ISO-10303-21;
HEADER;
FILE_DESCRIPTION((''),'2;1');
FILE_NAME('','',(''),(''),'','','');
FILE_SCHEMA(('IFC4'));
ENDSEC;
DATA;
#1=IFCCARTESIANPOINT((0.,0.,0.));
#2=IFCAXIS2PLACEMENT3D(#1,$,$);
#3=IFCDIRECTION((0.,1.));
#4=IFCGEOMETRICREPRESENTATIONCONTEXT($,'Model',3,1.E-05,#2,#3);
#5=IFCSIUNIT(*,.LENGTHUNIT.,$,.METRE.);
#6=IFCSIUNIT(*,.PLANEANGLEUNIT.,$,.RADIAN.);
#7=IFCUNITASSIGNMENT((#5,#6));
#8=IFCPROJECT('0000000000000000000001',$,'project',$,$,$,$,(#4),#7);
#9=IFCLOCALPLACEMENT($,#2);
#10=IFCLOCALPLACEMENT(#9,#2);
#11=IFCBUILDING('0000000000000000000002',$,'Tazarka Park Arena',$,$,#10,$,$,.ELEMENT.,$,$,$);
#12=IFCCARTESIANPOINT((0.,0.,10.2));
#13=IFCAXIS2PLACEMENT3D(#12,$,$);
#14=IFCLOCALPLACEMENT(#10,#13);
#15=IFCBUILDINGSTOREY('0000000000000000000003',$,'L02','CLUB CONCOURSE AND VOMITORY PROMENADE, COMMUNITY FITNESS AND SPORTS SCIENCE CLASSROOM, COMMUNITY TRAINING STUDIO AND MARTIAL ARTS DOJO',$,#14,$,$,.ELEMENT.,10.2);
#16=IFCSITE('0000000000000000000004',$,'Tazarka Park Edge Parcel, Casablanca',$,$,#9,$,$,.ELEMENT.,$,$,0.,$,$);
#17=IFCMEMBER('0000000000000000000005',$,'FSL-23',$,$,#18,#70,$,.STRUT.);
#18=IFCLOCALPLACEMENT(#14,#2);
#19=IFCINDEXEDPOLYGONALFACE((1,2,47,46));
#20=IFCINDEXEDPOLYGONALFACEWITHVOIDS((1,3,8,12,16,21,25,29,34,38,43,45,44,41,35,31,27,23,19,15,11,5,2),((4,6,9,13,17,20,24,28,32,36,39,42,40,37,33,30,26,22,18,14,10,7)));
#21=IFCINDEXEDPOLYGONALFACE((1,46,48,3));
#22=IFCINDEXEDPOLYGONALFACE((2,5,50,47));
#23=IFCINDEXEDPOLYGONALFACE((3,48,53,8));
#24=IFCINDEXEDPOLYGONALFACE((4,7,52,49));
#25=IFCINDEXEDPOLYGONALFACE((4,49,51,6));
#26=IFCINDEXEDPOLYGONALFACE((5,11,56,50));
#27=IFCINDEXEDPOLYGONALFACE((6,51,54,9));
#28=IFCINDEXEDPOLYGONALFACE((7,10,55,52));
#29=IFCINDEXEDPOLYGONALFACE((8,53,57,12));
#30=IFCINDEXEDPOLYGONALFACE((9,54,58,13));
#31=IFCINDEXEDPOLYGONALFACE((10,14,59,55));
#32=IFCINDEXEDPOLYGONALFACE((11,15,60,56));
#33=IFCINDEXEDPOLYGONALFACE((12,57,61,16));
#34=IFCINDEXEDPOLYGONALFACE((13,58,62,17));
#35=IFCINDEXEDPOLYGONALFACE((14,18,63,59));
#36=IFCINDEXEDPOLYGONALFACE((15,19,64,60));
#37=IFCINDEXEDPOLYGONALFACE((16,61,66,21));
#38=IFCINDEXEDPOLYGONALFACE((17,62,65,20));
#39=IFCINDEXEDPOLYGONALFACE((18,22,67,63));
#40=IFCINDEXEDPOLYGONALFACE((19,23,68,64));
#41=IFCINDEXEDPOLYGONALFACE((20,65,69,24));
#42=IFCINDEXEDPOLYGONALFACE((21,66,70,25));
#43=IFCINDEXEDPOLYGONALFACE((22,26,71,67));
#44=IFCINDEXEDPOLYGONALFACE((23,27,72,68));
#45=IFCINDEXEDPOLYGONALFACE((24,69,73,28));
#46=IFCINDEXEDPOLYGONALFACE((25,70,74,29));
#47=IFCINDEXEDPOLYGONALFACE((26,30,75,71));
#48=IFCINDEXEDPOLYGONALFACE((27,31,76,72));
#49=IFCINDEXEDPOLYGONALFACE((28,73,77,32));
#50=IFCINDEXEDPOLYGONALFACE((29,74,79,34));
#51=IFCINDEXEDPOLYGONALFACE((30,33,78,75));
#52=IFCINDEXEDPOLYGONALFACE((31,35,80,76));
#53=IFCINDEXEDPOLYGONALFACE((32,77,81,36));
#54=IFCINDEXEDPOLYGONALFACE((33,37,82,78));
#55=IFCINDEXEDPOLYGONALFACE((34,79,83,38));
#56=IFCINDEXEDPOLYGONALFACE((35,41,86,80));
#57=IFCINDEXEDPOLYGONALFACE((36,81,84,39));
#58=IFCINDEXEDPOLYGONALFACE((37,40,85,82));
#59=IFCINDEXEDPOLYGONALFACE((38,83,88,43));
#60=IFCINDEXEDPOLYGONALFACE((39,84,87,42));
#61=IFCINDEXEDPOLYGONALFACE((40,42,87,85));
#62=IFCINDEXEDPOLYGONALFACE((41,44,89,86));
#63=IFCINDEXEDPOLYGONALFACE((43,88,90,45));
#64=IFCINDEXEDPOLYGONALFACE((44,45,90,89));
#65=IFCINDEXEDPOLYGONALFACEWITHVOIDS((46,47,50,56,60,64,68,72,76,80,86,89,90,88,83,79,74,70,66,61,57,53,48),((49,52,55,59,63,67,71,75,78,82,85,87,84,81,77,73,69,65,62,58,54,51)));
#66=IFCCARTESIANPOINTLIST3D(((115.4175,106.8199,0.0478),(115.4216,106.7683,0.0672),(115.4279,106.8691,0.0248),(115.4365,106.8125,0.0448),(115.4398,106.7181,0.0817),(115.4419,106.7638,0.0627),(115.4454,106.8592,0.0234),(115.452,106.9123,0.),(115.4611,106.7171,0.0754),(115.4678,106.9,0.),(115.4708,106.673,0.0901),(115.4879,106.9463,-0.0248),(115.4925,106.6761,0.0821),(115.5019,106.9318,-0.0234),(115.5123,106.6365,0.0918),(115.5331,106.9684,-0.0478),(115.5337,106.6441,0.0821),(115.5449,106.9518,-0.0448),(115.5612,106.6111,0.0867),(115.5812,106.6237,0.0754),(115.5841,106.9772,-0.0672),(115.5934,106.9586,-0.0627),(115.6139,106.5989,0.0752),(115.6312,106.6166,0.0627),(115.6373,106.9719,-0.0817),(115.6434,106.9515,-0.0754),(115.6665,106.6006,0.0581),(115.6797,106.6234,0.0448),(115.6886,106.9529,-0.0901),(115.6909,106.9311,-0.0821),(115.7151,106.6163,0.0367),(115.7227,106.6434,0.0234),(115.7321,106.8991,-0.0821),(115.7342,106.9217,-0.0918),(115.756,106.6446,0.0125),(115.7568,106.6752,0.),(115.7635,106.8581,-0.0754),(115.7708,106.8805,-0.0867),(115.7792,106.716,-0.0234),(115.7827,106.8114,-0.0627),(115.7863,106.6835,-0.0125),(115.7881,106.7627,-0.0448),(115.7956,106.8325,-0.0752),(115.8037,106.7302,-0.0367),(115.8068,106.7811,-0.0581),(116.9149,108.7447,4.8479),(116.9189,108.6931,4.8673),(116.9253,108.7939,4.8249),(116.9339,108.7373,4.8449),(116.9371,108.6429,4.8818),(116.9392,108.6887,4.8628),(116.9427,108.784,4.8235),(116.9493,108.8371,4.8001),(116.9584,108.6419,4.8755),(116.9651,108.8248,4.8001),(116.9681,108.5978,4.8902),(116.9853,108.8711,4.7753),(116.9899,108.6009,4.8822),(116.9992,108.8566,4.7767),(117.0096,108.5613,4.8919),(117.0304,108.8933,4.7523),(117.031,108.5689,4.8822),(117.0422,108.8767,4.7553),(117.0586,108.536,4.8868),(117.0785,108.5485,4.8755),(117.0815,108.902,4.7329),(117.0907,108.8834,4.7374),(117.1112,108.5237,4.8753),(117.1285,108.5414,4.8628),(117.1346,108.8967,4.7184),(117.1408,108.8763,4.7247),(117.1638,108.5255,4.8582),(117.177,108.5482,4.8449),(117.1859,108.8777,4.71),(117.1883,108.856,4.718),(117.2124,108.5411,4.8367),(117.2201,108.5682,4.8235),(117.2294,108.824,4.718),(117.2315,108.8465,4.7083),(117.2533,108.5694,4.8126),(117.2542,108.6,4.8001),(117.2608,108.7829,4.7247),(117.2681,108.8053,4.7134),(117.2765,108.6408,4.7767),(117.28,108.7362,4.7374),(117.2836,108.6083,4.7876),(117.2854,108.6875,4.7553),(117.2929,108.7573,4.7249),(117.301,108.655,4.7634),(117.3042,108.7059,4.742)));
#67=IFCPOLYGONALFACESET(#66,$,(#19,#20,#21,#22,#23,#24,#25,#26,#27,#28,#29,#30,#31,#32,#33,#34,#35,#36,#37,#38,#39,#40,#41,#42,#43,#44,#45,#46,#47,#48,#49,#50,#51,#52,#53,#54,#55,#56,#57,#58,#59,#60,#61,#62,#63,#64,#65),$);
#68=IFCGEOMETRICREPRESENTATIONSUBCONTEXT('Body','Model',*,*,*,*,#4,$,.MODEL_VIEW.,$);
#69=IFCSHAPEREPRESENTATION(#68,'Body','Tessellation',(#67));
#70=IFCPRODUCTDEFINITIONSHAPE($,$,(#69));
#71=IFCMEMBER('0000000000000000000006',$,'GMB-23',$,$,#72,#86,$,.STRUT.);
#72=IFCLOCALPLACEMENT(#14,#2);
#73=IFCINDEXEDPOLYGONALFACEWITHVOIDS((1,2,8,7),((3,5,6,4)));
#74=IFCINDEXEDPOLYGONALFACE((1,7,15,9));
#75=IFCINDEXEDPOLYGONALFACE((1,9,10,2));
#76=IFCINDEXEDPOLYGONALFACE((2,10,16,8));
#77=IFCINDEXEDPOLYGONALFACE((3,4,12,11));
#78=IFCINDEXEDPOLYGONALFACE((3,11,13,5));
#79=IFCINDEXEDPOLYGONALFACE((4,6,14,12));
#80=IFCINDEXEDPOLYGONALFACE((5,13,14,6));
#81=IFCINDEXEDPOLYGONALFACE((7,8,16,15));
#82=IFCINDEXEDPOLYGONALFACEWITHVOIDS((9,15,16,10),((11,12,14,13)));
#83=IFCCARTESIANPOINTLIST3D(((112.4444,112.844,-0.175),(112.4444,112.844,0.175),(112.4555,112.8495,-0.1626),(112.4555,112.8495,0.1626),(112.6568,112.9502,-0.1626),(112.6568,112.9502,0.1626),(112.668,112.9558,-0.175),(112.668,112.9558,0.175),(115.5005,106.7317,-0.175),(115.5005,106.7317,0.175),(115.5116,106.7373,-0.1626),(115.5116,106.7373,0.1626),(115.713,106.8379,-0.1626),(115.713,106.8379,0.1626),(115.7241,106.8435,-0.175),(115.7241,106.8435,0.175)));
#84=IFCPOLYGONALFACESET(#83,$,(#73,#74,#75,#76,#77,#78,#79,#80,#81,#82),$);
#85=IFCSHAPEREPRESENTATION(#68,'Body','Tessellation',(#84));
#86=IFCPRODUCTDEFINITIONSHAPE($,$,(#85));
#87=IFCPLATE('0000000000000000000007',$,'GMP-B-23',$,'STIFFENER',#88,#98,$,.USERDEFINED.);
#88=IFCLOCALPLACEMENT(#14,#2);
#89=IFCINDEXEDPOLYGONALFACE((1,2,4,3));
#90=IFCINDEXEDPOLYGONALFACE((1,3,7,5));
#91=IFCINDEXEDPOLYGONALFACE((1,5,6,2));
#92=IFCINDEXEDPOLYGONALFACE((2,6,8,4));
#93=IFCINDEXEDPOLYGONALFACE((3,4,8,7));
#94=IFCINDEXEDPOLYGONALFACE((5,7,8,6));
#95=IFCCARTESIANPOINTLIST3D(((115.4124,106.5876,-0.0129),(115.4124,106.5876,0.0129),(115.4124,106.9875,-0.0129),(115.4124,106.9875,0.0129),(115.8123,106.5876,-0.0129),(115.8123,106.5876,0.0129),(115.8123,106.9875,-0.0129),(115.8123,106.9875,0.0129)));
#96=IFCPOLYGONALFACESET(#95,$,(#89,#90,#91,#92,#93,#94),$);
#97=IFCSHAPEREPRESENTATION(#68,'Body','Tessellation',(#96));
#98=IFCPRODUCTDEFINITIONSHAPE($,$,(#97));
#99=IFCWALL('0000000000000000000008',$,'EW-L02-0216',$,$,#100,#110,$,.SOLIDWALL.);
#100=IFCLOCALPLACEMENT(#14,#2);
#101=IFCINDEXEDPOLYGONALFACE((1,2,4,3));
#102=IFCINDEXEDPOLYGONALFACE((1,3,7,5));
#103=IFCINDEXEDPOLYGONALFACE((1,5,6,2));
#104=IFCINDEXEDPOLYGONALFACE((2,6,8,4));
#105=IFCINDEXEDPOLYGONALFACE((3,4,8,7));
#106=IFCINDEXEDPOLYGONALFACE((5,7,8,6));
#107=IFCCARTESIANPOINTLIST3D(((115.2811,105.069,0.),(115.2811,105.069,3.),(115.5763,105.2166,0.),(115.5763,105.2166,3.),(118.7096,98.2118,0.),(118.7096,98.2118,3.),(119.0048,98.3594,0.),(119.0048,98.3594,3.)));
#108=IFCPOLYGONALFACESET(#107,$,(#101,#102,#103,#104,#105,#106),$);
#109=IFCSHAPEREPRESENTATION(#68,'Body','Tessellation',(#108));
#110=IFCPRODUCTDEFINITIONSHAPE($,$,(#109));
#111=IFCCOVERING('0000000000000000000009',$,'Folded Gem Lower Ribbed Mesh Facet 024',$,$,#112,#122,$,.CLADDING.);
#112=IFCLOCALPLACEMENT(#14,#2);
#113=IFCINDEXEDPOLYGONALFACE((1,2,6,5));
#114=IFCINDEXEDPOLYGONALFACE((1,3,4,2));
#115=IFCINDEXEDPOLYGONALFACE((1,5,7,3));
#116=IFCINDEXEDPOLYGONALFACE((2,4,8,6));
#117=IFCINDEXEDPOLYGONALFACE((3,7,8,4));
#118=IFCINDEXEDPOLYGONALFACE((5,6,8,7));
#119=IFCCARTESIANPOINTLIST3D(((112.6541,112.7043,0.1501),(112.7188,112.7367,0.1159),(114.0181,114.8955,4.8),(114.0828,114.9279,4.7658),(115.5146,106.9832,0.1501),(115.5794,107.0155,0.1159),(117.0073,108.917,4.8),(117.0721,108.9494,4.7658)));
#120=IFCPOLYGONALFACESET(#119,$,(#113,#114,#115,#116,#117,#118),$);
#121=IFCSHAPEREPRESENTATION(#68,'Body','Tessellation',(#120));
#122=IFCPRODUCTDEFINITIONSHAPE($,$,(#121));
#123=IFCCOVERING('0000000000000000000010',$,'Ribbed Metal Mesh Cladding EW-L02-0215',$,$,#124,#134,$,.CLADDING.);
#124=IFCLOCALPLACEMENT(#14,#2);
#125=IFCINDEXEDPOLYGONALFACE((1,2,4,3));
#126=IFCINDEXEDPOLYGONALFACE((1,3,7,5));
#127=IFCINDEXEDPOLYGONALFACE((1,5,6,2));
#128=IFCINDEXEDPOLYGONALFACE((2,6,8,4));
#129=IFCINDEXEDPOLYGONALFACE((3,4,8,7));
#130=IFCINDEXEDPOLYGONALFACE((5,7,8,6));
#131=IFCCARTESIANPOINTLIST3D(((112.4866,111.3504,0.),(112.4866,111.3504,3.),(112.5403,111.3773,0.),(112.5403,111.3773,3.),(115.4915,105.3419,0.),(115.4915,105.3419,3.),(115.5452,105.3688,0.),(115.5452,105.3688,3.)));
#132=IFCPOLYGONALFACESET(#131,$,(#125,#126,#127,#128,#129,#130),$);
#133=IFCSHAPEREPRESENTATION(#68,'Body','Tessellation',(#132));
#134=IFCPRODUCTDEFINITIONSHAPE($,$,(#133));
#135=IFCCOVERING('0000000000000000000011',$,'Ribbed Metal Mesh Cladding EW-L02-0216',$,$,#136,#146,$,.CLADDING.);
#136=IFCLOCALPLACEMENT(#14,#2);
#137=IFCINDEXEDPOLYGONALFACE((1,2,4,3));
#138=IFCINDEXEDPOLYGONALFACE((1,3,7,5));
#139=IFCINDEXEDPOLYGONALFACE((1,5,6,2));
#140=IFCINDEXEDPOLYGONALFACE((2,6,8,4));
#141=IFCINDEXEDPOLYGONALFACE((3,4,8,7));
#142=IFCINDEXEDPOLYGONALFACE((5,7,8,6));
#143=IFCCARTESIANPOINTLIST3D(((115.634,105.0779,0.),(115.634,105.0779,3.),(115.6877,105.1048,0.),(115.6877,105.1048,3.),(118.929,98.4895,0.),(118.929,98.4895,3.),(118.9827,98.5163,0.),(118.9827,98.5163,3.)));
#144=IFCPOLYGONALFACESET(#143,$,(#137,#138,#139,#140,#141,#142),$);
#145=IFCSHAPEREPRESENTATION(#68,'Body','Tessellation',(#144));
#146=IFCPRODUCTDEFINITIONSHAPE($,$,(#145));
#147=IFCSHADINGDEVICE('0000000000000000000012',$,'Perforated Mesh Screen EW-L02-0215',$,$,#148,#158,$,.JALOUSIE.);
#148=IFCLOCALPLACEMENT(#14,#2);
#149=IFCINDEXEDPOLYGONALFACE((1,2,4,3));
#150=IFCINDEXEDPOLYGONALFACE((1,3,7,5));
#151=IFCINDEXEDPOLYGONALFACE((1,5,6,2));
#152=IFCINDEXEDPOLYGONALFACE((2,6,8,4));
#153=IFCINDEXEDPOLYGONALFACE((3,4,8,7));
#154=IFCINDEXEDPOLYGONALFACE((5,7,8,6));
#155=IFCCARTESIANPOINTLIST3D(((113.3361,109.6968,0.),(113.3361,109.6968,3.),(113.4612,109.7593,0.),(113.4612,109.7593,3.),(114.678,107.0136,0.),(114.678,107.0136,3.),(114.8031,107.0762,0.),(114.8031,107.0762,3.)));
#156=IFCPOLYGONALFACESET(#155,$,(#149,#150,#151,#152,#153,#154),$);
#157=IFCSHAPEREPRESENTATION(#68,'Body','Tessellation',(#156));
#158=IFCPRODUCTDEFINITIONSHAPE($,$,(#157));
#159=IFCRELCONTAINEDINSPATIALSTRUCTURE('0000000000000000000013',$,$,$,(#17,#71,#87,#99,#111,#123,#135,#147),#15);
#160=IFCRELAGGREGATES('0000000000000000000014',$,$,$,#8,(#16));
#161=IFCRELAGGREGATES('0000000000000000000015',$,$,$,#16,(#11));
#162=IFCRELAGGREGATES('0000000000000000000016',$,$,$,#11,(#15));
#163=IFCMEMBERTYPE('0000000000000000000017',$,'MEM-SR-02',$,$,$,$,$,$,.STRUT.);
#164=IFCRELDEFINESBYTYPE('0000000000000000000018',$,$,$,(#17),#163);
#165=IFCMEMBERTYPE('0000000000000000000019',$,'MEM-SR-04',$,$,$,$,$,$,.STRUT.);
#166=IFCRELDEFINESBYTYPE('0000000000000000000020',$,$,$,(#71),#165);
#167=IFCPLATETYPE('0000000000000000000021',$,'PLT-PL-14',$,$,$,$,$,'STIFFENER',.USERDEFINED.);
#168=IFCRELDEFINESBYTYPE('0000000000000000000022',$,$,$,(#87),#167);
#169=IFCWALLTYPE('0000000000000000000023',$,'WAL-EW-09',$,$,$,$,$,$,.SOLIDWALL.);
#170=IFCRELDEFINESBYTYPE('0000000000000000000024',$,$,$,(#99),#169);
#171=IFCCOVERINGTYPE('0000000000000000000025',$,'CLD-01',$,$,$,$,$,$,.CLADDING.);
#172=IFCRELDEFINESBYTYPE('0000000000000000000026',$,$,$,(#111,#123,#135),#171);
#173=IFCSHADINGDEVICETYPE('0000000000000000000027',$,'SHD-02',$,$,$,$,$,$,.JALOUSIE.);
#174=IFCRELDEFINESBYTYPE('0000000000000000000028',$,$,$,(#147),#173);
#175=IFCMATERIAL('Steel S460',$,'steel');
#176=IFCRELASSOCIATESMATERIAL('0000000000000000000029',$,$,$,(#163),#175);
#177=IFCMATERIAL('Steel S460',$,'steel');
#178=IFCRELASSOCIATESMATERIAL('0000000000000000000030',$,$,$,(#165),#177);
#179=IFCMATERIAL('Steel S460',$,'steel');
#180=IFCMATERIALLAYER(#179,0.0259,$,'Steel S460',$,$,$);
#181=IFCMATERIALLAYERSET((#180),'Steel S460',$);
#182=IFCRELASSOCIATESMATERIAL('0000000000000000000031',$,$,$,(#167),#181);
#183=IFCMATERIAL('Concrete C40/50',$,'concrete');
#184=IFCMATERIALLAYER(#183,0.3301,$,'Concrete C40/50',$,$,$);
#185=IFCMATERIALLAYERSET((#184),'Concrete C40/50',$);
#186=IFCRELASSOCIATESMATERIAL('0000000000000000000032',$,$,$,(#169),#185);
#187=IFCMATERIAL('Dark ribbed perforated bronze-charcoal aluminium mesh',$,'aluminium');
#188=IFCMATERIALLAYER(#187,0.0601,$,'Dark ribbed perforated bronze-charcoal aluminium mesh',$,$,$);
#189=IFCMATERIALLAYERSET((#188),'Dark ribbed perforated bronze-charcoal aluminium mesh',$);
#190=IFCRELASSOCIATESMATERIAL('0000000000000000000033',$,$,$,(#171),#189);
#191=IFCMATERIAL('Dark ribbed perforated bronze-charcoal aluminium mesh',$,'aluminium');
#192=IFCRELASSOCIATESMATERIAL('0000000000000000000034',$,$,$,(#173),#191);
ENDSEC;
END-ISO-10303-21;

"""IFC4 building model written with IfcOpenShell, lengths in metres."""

from ifc_helpers import new_model, si_unit, direction, frame, frame_2d, origin, origin_2d, place, context, subcontext, project, spatial, polyline, rectangle, hollow_rectangle, hollow_circle, outline, extrude, material, layer, layer_set, material_profile, profile_set, type_object, element, save


model = new_model("IFC4")

# Units and contexts
model_context = context("Model", 3, precision=1e-05, world=origin(), true_north=direction((0.0, 1.0)))
body_context = subcontext(model_context, "Body", "Model", "MODEL_VIEW")
ifc_project = project(units=[si_unit("LENGTHUNIT", "METRE"), si_unit("PLANEANGLEUNIT", "RADIAN")], contexts=[model_context])

# Site, building, storey
site_placement = place(None, origin())
site = spatial("IfcSite", under=ifc_project, at=site_placement, Name="Tazarka Park Edge Parcel, Casablanca", CompositionType="ELEMENT", RefElevation=0.0)
building_placement = place(site_placement, origin())
building = spatial("IfcBuilding", under=site, at=building_placement, Name="Tazarka Park Arena", CompositionType="ELEMENT")
storey_placement = place(building_placement, frame((0.0, 0.0, 10.2)))
storey = spatial("IfcBuildingStorey", under=building, at=storey_placement, Name="L02", Description="CLUB CONCOURSE AND VOMITORY PROMENADE, COMMUNITY FITNESS AND SPORTS SCIENCE CLASSROOM, COMMUNITY TRAINING STUDIO AND MARTIAL ARTS DOJO", CompositionType="ELEMENT", Elevation=10.2)

# Members
ifc_material_1 = material(Name="Steel S460", Category="steel")
ifc_material_profile_1 = material_profile(ifc_material_1, hollow_circle(Radius=0.2031, WallThickness=0.02, at=origin_2d()), Name="Steel S460")
ifc_profile_set_1 = profile_set([ifc_material_profile_1], Name="Steel S460")
member_type_1 = type_object("IfcMemberType", Name="MEM-SR-02", PredefinedType="STRUT", material=ifc_profile_set_1)
member_1_placement = place(storey_placement, frame((115.6123, 106.7876, 0.0), z_axis=(0.278105, 0.357506, 0.891542), x_axis=(-0.789304, 0.614003, 0.0)))
element("IfcMember", 1, at=member_1_placement, inside=storey, type_object=member_type_1, Name="FSL-23", PredefinedType="STRUT", context=body_context, shape_type="SweptSolid", body=[
    extrude(hollow_circle(Radius=0.2031, WallThickness=0.02, at=origin_2d()), origin(), (0.0, 0.0, 1.0), 5.384),
])
ifc_material_2 = material(Name="Steel S460", Category="steel")
ifc_material_profile_2 = material_profile(ifc_material_2, hollow_rectangle(XDim=0.25, YDim=0.3501, WallThickness=0.0125, at=origin_2d()), Name="Steel S460")
ifc_profile_set_2 = profile_set([ifc_material_profile_2], Name="Steel S460")
member_type_2 = type_object("IfcMemberType", Name="MEM-SR-04", PredefinedType="STRUT", material=ifc_profile_set_2)
member_2_placement = place(storey_placement, frame((115.6123, 106.7876, 0.0), z_axis=(-0.447214, 0.894427, 0.0), x_axis=(-0.894427, -0.447214, 0.0)))
element("IfcMember", 2, at=member_2_placement, inside=storey, type_object=member_type_2, Name="GMB-23", PredefinedType="STRUT", context=body_context, shape_type="SweptSolid", body=[
    extrude(hollow_rectangle(XDim=0.25, YDim=0.3501, WallThickness=0.0125, at=origin_2d()), origin(), (0.0, 0.0, 1.0), 6.8337),
])

# Plate
ifc_material_3 = material(Name="Steel S460", Category="steel")
ifc_layer_1 = layer(ifc_material_3, 0.0259, Name="Steel S460")
ifc_layer_set_1 = layer_set([ifc_layer_1], Name="Steel S460")
plate_type = type_object("IfcPlateType", Name="PLT-PL-14", ElementType="STIFFENER", PredefinedType="USERDEFINED", material=ifc_layer_set_1)
plate_placement = place(storey_placement, frame((115.6123, 106.7876, -0.0129), z_axis=(0.0, 0.0, 1.0), x_axis=(1.0, 0.0, 0.0)))
element("IfcPlate", 3, at=plate_placement, inside=storey, type_object=plate_type, Name="GMP-B-23", ObjectType="STIFFENER", PredefinedType="USERDEFINED", context=body_context, shape_type="SweptSolid", body=[
    extrude(rectangle(XDim=0.3999, YDim=0.3999, at=origin_2d()), origin(), (0.0, 0.0, 1.0), 0.0259),
])

# Wall
ifc_material_4 = material(Name="Concrete C40/50", Category="concrete")
ifc_layer_2 = layer(ifc_material_4, 0.3301, Name="Concrete C40/50")
ifc_layer_set_2 = layer_set([ifc_layer_2], Name="Concrete C40/50")
wall_type = type_object("IfcWallType", Name="WAL-EW-09", PredefinedType="SOLIDWALL", material=ifc_layer_set_2)
wall_placement = place(storey_placement, frame((115.4287, 105.1428, 0.0), z_axis=(0.0, 0.0, 1.0), x_axis=(0.447201, -0.894434, 0.0)))
element("IfcWall", 4, at=wall_placement, inside=storey, type_object=wall_type, Name="EW-L02-0216", PredefinedType="SOLIDWALL", context=body_context, shape_type="SweptSolid", body=[
    extrude(rectangle(XDim=7.6665, YDim=0.3301, at=frame_2d((3.8333, 0.0))), origin(), (0.0, 0.0, 1.0), 3.0),
])

# Coverings
ifc_material_5 = material(Name="Dark ribbed perforated bronze-charcoal aluminium mesh", Category="aluminium")
ifc_layer_3 = layer(ifc_material_5, 0.0601, Name="Dark ribbed perforated bronze-charcoal aluminium mesh")
ifc_layer_set_3 = layer_set([ifc_layer_3], Name="Dark ribbed perforated bronze-charcoal aluminium mesh")
covering_type = type_object("IfcCoveringType", Name="CLD-01", PredefinedType="CLADDING", material=ifc_layer_set_3)
covering_1_placement = place(storey_placement, frame((115.5146, 106.9832, 0.1501), z_axis=(-0.808506, -0.404253, 0.427664), x_axis=(-0.447214, 0.894427, 0.0)))
element("IfcCovering", 5, at=covering_1_placement, inside=storey, type_object=covering_type, Name="Folded Gem Lower Ribbed Mesh Facet 024", PredefinedType="CLADDING", context=body_context, shape_type="SweptSolid", body=[
    extrude(outline(polyline([(0.0, 0.0), (6.3965, 0.0), (7.7463, -5.1441), (1.0621, -5.1441), (0.0, 0.0)])), origin(), (0.0, 0.0, -1.0), 0.0801),
])
covering_2_placement = place(storey_placement, frame((114.0159, 108.3596, 0.0), z_axis=(0.0, 0.0, 1.0), x_axis=(0.447291, -0.894389, 0.0)))
element("IfcCovering", 6, at=covering_2_placement, inside=storey, type_object=covering_type, Name="Ribbed Metal Mesh Cladding EW-L02-0215", PredefinedType="CLADDING", context=body_context, shape_type="SweptSolid", body=[
    extrude(rectangle(XDim=6.718, YDim=0.0601, at=origin_2d()), origin(), (0.0, 0.0, 1.0), 3.0),
])
covering_3_placement = place(storey_placement, frame((117.3083, 101.7971, 0.0), z_axis=(0.0, 0.0, 1.0), x_axis=(0.447291, -0.894389, 0.0)))
element("IfcCovering", 7, at=covering_3_placement, inside=storey, type_object=covering_type, Name="Ribbed Metal Mesh Cladding EW-L02-0216", PredefinedType="CLADDING", context=body_context, shape_type="SweptSolid", body=[
    extrude(rectangle(XDim=7.3665, YDim=0.0601, at=origin_2d()), origin(), (0.0, 0.0, 1.0), 3.0),
])

# Shading device
ifc_material_6 = material(Name="Dark ribbed perforated bronze-charcoal aluminium mesh", Category="aluminium")
shading_device_type = type_object("IfcShadingDeviceType", Name="SHD-02", PredefinedType="JALOUSIE", material=ifc_material_6)
shading_device_placement = place(storey_placement, frame((114.0696, 108.3865, 0.0), z_axis=(0.0, 0.0, 1.0), x_axis=(0.447291, -0.894389, 0.0)))
element("IfcShadingDevice", 8, at=shading_device_placement, inside=storey, type_object=shading_device_type, Name="Perforated Mesh Screen EW-L02-0215", PredefinedType="JALOUSIE", context=body_context, shape_type="SweptSolid", body=[
    extrude(rectangle(XDim=3.0, YDim=0.1399, at=origin_2d()), origin(), (0.0, 0.0, 1.0), 3.0),
])

save(model, "model.ifc")
